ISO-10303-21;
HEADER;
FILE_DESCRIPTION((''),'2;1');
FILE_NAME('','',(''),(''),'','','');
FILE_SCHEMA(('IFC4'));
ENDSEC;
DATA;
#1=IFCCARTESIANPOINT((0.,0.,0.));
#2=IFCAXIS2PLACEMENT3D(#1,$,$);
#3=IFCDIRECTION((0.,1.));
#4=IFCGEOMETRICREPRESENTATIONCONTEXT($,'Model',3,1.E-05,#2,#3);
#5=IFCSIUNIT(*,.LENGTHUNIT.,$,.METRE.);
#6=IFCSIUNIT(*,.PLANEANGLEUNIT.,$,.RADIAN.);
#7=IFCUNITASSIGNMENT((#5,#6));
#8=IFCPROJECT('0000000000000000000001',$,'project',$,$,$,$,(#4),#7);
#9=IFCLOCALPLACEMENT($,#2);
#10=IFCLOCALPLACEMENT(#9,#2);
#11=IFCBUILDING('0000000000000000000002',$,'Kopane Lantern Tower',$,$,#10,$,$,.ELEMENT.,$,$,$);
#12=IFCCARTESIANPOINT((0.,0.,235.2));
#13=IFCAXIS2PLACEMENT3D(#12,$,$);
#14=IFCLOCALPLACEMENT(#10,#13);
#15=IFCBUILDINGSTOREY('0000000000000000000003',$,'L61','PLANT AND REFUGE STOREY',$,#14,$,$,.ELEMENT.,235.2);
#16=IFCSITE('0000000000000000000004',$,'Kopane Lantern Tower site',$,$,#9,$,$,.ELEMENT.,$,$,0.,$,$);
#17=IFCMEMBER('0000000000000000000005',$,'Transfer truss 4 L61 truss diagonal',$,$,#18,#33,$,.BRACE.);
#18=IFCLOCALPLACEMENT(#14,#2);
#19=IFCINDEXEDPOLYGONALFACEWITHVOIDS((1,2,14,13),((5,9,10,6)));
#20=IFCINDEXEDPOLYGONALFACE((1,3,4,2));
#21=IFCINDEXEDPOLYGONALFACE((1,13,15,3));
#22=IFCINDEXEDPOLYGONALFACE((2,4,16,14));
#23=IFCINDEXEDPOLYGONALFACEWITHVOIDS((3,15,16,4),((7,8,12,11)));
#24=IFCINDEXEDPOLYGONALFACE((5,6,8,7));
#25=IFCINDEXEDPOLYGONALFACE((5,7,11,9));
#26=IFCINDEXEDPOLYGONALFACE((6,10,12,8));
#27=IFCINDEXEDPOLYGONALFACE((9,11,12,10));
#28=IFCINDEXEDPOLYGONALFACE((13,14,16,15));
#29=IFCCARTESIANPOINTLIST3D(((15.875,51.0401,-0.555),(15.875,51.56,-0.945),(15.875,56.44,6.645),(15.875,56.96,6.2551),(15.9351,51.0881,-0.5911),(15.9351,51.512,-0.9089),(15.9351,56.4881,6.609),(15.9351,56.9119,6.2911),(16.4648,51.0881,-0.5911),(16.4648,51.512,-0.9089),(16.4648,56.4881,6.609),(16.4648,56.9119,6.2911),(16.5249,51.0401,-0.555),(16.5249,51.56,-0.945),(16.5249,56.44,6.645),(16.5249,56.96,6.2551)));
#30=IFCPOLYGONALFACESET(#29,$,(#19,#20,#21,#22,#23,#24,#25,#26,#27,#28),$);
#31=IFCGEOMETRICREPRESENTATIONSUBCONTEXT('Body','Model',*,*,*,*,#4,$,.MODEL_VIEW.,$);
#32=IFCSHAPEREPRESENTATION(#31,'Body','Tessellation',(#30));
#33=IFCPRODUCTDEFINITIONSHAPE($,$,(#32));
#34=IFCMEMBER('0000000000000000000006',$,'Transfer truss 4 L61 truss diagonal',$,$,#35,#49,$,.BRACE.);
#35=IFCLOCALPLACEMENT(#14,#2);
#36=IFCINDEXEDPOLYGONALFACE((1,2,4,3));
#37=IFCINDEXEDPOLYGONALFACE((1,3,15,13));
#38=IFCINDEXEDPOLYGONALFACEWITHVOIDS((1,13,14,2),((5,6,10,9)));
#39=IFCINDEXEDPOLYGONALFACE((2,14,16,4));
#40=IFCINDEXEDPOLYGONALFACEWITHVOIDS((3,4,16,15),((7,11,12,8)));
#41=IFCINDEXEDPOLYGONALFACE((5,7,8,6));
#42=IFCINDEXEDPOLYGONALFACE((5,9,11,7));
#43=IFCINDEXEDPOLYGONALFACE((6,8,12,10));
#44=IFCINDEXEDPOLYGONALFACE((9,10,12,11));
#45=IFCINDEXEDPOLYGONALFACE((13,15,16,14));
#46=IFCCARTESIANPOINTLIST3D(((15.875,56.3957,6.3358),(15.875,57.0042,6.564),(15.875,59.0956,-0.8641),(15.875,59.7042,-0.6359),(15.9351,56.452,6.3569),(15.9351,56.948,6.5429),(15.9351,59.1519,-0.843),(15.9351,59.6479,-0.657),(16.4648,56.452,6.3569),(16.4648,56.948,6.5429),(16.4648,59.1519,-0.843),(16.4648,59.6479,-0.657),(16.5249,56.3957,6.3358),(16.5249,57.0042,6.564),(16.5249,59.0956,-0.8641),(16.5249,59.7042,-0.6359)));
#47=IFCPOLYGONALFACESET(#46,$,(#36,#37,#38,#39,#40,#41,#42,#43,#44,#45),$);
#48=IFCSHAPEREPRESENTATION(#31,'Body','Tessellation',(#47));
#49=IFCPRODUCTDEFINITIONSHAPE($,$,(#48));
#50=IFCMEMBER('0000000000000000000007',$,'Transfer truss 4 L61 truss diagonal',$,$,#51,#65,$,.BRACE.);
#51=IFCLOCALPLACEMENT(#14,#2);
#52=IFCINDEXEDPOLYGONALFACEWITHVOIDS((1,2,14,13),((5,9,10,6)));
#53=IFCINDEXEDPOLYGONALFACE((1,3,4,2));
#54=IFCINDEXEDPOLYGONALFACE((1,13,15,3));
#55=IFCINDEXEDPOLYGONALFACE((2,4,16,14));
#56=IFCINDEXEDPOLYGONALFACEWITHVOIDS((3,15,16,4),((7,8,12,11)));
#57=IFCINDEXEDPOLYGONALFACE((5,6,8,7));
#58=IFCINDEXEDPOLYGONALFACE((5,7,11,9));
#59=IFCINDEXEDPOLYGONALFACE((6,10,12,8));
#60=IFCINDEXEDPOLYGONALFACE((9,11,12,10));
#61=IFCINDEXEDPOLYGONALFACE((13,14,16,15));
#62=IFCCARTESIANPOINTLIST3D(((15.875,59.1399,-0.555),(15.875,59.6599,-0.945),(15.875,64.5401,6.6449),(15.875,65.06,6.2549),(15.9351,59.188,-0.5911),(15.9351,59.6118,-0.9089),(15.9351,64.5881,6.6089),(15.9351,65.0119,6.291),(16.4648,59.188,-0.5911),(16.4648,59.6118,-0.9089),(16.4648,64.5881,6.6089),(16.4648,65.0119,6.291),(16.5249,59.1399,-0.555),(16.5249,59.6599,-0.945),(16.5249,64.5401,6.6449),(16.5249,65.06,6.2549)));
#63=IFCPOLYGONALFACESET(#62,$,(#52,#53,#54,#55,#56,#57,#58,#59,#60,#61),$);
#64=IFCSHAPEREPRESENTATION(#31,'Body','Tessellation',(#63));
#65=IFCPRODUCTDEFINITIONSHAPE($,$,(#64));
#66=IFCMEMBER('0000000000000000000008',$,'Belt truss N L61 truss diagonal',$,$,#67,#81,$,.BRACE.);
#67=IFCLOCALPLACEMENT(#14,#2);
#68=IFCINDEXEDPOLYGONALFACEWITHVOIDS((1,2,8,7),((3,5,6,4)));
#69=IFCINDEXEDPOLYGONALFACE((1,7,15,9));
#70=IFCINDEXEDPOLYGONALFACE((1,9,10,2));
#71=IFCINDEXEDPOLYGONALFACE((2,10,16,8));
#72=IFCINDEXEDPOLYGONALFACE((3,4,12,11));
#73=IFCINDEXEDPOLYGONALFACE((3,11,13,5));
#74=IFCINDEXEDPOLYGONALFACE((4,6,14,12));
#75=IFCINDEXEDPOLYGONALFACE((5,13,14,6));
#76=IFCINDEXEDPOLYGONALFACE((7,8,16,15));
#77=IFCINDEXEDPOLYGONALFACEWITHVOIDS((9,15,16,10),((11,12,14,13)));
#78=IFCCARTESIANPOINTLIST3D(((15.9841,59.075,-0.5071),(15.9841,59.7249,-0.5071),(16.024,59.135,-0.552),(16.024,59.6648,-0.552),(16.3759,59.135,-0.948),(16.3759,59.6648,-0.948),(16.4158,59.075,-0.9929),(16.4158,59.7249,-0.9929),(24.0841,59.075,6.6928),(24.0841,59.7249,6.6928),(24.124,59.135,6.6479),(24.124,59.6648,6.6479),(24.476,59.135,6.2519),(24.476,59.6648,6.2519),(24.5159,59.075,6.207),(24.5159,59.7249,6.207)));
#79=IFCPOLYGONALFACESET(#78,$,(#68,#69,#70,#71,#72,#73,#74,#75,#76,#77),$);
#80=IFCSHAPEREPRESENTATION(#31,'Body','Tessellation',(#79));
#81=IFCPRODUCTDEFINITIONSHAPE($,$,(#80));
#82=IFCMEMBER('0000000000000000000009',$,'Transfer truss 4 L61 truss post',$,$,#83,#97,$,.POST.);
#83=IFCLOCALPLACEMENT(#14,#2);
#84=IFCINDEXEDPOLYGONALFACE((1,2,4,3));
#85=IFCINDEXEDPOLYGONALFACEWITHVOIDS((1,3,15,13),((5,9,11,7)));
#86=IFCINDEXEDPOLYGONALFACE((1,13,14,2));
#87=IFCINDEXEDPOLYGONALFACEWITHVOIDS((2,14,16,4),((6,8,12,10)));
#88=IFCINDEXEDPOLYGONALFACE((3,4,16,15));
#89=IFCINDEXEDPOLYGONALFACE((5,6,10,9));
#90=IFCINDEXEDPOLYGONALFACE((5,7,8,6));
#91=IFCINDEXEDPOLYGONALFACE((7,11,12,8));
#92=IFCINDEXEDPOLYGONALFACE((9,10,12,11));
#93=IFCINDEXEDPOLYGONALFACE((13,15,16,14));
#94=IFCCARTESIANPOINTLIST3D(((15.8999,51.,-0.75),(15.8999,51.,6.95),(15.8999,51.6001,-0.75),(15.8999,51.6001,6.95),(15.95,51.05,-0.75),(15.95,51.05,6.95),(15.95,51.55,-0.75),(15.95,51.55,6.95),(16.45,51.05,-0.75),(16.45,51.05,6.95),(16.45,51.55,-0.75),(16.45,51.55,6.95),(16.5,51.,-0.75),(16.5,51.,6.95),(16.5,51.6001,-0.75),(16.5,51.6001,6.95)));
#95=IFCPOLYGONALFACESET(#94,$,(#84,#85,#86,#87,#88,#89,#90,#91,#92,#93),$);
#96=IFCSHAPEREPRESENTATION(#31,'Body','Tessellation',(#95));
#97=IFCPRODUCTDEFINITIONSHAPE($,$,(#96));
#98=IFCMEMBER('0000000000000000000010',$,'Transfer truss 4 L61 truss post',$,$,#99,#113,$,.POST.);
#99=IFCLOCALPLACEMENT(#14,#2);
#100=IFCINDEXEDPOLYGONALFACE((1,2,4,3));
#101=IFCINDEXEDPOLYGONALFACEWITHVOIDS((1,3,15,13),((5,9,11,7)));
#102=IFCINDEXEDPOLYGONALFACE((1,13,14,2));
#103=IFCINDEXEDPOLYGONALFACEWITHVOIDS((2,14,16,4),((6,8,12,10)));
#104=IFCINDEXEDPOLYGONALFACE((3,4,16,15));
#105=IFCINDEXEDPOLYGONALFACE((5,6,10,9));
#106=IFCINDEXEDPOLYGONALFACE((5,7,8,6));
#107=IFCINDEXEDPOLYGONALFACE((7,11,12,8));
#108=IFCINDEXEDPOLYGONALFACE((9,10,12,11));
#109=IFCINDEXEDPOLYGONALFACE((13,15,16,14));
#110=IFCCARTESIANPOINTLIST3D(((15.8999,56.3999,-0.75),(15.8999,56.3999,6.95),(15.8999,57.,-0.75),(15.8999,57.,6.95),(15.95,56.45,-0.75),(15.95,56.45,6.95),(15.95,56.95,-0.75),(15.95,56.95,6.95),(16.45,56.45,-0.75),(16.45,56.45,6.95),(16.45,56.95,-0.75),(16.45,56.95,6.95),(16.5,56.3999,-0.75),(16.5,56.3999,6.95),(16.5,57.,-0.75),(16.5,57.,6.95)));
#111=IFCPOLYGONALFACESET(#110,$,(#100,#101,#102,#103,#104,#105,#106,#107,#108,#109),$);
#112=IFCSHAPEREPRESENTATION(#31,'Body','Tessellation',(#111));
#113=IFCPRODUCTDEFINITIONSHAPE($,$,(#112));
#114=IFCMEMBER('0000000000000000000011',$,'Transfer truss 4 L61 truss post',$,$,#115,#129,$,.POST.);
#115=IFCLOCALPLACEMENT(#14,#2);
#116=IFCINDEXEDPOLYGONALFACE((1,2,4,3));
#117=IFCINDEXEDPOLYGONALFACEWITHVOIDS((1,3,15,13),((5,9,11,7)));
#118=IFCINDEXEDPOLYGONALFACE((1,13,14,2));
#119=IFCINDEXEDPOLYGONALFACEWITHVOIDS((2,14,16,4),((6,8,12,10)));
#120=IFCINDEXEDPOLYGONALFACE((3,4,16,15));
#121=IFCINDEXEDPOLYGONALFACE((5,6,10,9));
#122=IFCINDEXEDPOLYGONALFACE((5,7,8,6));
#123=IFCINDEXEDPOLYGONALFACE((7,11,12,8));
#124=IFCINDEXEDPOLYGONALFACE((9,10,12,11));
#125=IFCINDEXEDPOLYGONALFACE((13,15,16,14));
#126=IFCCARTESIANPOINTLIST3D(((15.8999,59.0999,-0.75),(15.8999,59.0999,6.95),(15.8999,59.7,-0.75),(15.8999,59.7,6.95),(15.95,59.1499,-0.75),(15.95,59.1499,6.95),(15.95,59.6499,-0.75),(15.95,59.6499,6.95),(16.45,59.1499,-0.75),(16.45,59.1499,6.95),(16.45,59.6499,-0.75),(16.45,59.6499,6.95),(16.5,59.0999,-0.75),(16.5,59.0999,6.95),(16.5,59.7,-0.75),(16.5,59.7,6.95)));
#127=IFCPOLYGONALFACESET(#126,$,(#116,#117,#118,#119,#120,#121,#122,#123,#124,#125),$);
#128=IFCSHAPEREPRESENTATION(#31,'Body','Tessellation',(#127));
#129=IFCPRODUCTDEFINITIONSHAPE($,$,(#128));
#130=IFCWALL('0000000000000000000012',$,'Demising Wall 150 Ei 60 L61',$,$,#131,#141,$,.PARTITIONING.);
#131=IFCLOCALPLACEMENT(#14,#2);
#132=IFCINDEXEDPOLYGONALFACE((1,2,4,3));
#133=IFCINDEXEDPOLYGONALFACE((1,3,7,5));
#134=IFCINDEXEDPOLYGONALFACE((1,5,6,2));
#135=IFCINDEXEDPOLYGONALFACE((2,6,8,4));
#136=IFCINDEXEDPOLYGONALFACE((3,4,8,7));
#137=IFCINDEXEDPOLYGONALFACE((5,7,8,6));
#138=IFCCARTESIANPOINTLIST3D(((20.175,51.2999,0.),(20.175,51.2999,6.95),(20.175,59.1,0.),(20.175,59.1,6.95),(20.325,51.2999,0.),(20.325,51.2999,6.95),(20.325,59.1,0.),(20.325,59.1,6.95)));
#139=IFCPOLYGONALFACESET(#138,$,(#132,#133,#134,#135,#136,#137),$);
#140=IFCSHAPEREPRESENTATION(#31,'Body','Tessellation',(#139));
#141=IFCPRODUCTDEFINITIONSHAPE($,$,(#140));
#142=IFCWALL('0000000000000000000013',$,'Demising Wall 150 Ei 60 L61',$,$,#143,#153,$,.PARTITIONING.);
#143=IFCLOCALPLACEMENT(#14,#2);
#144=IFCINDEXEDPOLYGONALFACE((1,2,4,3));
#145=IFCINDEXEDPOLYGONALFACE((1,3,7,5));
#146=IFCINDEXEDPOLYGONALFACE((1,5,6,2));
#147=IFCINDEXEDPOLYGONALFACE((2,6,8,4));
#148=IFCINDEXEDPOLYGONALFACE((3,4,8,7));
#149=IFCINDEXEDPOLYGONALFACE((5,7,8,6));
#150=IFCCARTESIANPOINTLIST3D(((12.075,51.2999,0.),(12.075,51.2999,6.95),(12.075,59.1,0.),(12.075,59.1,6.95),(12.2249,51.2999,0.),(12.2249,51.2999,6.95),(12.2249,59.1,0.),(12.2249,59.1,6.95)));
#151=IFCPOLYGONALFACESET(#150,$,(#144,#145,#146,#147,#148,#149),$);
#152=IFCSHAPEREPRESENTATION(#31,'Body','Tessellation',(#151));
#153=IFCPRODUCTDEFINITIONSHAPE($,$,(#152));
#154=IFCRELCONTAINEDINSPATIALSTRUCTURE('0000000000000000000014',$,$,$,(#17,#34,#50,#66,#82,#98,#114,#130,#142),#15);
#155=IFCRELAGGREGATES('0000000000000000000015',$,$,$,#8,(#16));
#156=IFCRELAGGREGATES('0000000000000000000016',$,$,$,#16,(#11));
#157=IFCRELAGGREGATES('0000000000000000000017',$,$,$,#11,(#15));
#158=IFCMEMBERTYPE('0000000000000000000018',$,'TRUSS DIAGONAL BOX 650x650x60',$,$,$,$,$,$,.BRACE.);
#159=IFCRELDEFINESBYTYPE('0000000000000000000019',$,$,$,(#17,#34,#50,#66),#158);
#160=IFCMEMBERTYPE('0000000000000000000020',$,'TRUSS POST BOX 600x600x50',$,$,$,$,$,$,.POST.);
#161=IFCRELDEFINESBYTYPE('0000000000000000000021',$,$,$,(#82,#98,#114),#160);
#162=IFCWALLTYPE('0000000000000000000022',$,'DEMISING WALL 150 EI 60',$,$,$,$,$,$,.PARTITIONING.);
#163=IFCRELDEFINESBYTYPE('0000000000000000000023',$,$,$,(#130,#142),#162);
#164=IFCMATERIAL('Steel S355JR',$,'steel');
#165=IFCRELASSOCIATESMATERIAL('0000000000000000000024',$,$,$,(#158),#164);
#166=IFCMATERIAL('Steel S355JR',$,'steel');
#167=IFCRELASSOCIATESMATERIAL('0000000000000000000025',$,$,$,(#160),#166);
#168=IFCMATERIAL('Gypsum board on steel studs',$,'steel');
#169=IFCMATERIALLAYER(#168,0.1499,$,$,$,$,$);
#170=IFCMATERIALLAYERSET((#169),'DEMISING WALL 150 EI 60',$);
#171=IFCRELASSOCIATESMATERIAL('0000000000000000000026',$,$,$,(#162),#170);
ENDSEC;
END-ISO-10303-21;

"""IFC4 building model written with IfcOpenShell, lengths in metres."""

from ifc_helpers import new_model, si_unit, direction, frame, frame_2d, origin, origin_2d, place, context, subcontext, project, spatial, rectangle, hollow_rectangle, extrude, material, layer, layer_set, material_profile, profile_set, type_object, element, save


model = new_model("IFC4")

# Units and contexts
model_context = context("Model", 3, precision=1e-05, world=origin(), true_north=direction((0.0, 1.0)))
body_context = subcontext(model_context, "Body", "Model", "MODEL_VIEW")
ifc_project = project(units=[si_unit("LENGTHUNIT", "METRE"), si_unit("PLANEANGLEUNIT", "RADIAN")], contexts=[model_context])

# Site, building, storey
site_placement = place(None, origin())
site = spatial("IfcSite", under=ifc_project, at=site_placement, Name="Kopane Lantern Tower site", CompositionType="ELEMENT", RefElevation=0.0)
building_placement = place(site_placement, origin())
building = spatial("IfcBuilding", under=site, at=building_placement, Name="Kopane Lantern Tower", CompositionType="ELEMENT")
storey_placement = place(building_placement, frame((0.0, 0.0, 235.2)))
storey = spatial("IfcBuildingStorey", under=building, at=storey_placement, Name="L61", Description="PLANT AND REFUGE STOREY", CompositionType="ELEMENT", Elevation=235.2)

# Members
ifc_material_1 = material(Name="Steel S355JR", Category="steel")
ifc_material_profile_1 = material_profile(ifc_material_1, hollow_rectangle(XDim=0.6499, YDim=0.6499, WallThickness=0.0601, at=origin_2d()), Name="BOX 650x650x60")
ifc_profile_set_1 = profile_set([ifc_material_profile_1], Name="Steel S355JR")
member_type_1 = type_object("IfcMemberType", Name="TRUSS DIAGONAL BOX 650x650x60", PredefinedType="BRACE", material=ifc_profile_set_1)
member_1_placement = place(storey_placement, frame((16.2, 51.3, -0.75), z_axis=(0.0, 0.599996, 0.800003), x_axis=(-1.0, 0.0, 0.0)))
element("IfcMember", 1, at=member_1_placement, inside=storey, type_object=member_type_1, Name="Transfer truss 4 L61 truss diagonal", PredefinedType="BRACE", context=body_context, shape_type="SweptSolid", body=[
    extrude(hollow_rectangle(XDim=0.6499, YDim=0.6499, WallThickness=0.0601, at=origin_2d()), origin(), (0.0, 0.0, 1.0), 9.0),
])
member_2_placement = place(storey_placement, frame((16.2, 59.3999, -0.75), z_axis=(0.0, -0.35112, 0.93633), x_axis=(1.0, 0.0, 0.0)))
element("IfcMember", 2, at=member_2_placement, inside=storey, type_object=member_type_1, Name="Transfer truss 4 L61 truss diagonal", PredefinedType="BRACE", context=body_context, shape_type="SweptSolid", body=[
    extrude(hollow_rectangle(XDim=0.6499, YDim=0.6499, WallThickness=0.0601, at=origin_2d()), origin(), (0.0, 0.0, 1.0), 7.6895),
])
member_3_placement = place(storey_placement, frame((16.2, 59.3999, -0.75), z_axis=(0.0, 0.600013, 0.79999), x_axis=(-1.0, 0.0, 0.0)))
element("IfcMember", 3, at=member_3_placement, inside=storey, type_object=member_type_1, Name="Transfer truss 4 L61 truss diagonal", PredefinedType="BRACE", context=body_context, shape_type="SweptSolid", body=[
    extrude(hollow_rectangle(XDim=0.6499, YDim=0.6499, WallThickness=0.0601, at=origin_2d()), origin(), (0.0, 0.0, 1.0), 9.0),
])
member_4_placement = place(storey_placement, frame((16.2, 59.3999, -0.75), z_axis=(0.747416, 0.0, 0.664357), x_axis=(0.0, 1.0, 0.0)))
element("IfcMember", 4, at=member_4_placement, inside=storey, type_object=member_type_1, Name="Belt truss N L61 truss diagonal", PredefinedType="BRACE", context=body_context, shape_type="SweptSolid", body=[
    extrude(hollow_rectangle(XDim=0.6499, YDim=0.6499, WallThickness=0.0601, at=origin_2d()), origin(), (0.0, 0.0, 1.0), 10.8374),
])
ifc_material_2 = material(Name="Steel S355JR", Category="steel")
ifc_material_profile_2 = material_profile(ifc_material_2, hollow_rectangle(XDim=0.6001, YDim=0.6001, WallThickness=0.05, at=origin_2d()), Name="BOX 600x600x50")
ifc_profile_set_2 = profile_set([ifc_material_profile_2], Name="Steel S355JR")
member_type_2 = type_object("IfcMemberType", Name="TRUSS POST BOX 600x600x50", PredefinedType="POST", material=ifc_profile_set_2)
for number, where, z_axis, x_axis, name in (
    (5, (16.2, 51.3, -0.75), (0.0, 0.0, 1.0), (1.0, 0.0, 0.0), "Transfer truss 4 L61 truss post"),
    (6, (16.2, 56.7, -0.75), (0.0, 0.0, 1.0), (1.0, 0.0, 0.0), "Transfer truss 4 L61 truss post"),
    (7, (16.2, 59.3999, -0.75), (0.0, 0.0, 1.0), (1.0, 0.0, 0.0), "Transfer truss 4 L61 truss post"),
):
    element("IfcMember", number, at=place(storey_placement, frame(where, z_axis=z_axis, x_axis=x_axis)), inside=storey, type_object=member_type_2, Name=name, PredefinedType="POST", context=body_context, shape_type="SweptSolid", body=[
        extrude(hollow_rectangle(XDim=0.6001, YDim=0.6001, WallThickness=0.05, at=origin_2d()), origin(), (0.0, 0.0, 1.0), 7.7),
    ])

# Walls
ifc_material_3 = material(Name="Gypsum board on steel studs", Category="steel")
ifc_layer = layer(ifc_material_3, 0.1499)
ifc_layer_set = layer_set([ifc_layer], Name="DEMISING WALL 150 EI 60")
wall_type = type_object("IfcWallType", Name="DEMISING WALL 150 EI 60", PredefinedType="PARTITIONING", material=ifc_layer_set)
for number, where, z_axis, x_axis, name in (
    (8, (20.25, 51.3, 0.0), (0.0, 0.0, 1.0), (0.0, 1.0, 0.0), "Demising Wall 150 Ei 60 L61"),
    (9, (12.1499, 51.3, 0.0), (0.0, 0.0, 1.0), (0.0, 1.0, 0.0), "Demising Wall 150 Ei 60 L61"),
):
    element("IfcWall", number, at=place(storey_placement, frame(where, z_axis=z_axis, x_axis=x_axis)), inside=storey, type_object=wall_type, Name=name, PredefinedType="PARTITIONING", context=body_context, shape_type="SweptSolid", body=[
        extrude(rectangle(XDim=7.8, YDim=0.1499, at=frame_2d((3.8999, 0.0))), origin(), (0.0, 0.0, 1.0), 6.95),
    ])

save(model, "model.ifc")
